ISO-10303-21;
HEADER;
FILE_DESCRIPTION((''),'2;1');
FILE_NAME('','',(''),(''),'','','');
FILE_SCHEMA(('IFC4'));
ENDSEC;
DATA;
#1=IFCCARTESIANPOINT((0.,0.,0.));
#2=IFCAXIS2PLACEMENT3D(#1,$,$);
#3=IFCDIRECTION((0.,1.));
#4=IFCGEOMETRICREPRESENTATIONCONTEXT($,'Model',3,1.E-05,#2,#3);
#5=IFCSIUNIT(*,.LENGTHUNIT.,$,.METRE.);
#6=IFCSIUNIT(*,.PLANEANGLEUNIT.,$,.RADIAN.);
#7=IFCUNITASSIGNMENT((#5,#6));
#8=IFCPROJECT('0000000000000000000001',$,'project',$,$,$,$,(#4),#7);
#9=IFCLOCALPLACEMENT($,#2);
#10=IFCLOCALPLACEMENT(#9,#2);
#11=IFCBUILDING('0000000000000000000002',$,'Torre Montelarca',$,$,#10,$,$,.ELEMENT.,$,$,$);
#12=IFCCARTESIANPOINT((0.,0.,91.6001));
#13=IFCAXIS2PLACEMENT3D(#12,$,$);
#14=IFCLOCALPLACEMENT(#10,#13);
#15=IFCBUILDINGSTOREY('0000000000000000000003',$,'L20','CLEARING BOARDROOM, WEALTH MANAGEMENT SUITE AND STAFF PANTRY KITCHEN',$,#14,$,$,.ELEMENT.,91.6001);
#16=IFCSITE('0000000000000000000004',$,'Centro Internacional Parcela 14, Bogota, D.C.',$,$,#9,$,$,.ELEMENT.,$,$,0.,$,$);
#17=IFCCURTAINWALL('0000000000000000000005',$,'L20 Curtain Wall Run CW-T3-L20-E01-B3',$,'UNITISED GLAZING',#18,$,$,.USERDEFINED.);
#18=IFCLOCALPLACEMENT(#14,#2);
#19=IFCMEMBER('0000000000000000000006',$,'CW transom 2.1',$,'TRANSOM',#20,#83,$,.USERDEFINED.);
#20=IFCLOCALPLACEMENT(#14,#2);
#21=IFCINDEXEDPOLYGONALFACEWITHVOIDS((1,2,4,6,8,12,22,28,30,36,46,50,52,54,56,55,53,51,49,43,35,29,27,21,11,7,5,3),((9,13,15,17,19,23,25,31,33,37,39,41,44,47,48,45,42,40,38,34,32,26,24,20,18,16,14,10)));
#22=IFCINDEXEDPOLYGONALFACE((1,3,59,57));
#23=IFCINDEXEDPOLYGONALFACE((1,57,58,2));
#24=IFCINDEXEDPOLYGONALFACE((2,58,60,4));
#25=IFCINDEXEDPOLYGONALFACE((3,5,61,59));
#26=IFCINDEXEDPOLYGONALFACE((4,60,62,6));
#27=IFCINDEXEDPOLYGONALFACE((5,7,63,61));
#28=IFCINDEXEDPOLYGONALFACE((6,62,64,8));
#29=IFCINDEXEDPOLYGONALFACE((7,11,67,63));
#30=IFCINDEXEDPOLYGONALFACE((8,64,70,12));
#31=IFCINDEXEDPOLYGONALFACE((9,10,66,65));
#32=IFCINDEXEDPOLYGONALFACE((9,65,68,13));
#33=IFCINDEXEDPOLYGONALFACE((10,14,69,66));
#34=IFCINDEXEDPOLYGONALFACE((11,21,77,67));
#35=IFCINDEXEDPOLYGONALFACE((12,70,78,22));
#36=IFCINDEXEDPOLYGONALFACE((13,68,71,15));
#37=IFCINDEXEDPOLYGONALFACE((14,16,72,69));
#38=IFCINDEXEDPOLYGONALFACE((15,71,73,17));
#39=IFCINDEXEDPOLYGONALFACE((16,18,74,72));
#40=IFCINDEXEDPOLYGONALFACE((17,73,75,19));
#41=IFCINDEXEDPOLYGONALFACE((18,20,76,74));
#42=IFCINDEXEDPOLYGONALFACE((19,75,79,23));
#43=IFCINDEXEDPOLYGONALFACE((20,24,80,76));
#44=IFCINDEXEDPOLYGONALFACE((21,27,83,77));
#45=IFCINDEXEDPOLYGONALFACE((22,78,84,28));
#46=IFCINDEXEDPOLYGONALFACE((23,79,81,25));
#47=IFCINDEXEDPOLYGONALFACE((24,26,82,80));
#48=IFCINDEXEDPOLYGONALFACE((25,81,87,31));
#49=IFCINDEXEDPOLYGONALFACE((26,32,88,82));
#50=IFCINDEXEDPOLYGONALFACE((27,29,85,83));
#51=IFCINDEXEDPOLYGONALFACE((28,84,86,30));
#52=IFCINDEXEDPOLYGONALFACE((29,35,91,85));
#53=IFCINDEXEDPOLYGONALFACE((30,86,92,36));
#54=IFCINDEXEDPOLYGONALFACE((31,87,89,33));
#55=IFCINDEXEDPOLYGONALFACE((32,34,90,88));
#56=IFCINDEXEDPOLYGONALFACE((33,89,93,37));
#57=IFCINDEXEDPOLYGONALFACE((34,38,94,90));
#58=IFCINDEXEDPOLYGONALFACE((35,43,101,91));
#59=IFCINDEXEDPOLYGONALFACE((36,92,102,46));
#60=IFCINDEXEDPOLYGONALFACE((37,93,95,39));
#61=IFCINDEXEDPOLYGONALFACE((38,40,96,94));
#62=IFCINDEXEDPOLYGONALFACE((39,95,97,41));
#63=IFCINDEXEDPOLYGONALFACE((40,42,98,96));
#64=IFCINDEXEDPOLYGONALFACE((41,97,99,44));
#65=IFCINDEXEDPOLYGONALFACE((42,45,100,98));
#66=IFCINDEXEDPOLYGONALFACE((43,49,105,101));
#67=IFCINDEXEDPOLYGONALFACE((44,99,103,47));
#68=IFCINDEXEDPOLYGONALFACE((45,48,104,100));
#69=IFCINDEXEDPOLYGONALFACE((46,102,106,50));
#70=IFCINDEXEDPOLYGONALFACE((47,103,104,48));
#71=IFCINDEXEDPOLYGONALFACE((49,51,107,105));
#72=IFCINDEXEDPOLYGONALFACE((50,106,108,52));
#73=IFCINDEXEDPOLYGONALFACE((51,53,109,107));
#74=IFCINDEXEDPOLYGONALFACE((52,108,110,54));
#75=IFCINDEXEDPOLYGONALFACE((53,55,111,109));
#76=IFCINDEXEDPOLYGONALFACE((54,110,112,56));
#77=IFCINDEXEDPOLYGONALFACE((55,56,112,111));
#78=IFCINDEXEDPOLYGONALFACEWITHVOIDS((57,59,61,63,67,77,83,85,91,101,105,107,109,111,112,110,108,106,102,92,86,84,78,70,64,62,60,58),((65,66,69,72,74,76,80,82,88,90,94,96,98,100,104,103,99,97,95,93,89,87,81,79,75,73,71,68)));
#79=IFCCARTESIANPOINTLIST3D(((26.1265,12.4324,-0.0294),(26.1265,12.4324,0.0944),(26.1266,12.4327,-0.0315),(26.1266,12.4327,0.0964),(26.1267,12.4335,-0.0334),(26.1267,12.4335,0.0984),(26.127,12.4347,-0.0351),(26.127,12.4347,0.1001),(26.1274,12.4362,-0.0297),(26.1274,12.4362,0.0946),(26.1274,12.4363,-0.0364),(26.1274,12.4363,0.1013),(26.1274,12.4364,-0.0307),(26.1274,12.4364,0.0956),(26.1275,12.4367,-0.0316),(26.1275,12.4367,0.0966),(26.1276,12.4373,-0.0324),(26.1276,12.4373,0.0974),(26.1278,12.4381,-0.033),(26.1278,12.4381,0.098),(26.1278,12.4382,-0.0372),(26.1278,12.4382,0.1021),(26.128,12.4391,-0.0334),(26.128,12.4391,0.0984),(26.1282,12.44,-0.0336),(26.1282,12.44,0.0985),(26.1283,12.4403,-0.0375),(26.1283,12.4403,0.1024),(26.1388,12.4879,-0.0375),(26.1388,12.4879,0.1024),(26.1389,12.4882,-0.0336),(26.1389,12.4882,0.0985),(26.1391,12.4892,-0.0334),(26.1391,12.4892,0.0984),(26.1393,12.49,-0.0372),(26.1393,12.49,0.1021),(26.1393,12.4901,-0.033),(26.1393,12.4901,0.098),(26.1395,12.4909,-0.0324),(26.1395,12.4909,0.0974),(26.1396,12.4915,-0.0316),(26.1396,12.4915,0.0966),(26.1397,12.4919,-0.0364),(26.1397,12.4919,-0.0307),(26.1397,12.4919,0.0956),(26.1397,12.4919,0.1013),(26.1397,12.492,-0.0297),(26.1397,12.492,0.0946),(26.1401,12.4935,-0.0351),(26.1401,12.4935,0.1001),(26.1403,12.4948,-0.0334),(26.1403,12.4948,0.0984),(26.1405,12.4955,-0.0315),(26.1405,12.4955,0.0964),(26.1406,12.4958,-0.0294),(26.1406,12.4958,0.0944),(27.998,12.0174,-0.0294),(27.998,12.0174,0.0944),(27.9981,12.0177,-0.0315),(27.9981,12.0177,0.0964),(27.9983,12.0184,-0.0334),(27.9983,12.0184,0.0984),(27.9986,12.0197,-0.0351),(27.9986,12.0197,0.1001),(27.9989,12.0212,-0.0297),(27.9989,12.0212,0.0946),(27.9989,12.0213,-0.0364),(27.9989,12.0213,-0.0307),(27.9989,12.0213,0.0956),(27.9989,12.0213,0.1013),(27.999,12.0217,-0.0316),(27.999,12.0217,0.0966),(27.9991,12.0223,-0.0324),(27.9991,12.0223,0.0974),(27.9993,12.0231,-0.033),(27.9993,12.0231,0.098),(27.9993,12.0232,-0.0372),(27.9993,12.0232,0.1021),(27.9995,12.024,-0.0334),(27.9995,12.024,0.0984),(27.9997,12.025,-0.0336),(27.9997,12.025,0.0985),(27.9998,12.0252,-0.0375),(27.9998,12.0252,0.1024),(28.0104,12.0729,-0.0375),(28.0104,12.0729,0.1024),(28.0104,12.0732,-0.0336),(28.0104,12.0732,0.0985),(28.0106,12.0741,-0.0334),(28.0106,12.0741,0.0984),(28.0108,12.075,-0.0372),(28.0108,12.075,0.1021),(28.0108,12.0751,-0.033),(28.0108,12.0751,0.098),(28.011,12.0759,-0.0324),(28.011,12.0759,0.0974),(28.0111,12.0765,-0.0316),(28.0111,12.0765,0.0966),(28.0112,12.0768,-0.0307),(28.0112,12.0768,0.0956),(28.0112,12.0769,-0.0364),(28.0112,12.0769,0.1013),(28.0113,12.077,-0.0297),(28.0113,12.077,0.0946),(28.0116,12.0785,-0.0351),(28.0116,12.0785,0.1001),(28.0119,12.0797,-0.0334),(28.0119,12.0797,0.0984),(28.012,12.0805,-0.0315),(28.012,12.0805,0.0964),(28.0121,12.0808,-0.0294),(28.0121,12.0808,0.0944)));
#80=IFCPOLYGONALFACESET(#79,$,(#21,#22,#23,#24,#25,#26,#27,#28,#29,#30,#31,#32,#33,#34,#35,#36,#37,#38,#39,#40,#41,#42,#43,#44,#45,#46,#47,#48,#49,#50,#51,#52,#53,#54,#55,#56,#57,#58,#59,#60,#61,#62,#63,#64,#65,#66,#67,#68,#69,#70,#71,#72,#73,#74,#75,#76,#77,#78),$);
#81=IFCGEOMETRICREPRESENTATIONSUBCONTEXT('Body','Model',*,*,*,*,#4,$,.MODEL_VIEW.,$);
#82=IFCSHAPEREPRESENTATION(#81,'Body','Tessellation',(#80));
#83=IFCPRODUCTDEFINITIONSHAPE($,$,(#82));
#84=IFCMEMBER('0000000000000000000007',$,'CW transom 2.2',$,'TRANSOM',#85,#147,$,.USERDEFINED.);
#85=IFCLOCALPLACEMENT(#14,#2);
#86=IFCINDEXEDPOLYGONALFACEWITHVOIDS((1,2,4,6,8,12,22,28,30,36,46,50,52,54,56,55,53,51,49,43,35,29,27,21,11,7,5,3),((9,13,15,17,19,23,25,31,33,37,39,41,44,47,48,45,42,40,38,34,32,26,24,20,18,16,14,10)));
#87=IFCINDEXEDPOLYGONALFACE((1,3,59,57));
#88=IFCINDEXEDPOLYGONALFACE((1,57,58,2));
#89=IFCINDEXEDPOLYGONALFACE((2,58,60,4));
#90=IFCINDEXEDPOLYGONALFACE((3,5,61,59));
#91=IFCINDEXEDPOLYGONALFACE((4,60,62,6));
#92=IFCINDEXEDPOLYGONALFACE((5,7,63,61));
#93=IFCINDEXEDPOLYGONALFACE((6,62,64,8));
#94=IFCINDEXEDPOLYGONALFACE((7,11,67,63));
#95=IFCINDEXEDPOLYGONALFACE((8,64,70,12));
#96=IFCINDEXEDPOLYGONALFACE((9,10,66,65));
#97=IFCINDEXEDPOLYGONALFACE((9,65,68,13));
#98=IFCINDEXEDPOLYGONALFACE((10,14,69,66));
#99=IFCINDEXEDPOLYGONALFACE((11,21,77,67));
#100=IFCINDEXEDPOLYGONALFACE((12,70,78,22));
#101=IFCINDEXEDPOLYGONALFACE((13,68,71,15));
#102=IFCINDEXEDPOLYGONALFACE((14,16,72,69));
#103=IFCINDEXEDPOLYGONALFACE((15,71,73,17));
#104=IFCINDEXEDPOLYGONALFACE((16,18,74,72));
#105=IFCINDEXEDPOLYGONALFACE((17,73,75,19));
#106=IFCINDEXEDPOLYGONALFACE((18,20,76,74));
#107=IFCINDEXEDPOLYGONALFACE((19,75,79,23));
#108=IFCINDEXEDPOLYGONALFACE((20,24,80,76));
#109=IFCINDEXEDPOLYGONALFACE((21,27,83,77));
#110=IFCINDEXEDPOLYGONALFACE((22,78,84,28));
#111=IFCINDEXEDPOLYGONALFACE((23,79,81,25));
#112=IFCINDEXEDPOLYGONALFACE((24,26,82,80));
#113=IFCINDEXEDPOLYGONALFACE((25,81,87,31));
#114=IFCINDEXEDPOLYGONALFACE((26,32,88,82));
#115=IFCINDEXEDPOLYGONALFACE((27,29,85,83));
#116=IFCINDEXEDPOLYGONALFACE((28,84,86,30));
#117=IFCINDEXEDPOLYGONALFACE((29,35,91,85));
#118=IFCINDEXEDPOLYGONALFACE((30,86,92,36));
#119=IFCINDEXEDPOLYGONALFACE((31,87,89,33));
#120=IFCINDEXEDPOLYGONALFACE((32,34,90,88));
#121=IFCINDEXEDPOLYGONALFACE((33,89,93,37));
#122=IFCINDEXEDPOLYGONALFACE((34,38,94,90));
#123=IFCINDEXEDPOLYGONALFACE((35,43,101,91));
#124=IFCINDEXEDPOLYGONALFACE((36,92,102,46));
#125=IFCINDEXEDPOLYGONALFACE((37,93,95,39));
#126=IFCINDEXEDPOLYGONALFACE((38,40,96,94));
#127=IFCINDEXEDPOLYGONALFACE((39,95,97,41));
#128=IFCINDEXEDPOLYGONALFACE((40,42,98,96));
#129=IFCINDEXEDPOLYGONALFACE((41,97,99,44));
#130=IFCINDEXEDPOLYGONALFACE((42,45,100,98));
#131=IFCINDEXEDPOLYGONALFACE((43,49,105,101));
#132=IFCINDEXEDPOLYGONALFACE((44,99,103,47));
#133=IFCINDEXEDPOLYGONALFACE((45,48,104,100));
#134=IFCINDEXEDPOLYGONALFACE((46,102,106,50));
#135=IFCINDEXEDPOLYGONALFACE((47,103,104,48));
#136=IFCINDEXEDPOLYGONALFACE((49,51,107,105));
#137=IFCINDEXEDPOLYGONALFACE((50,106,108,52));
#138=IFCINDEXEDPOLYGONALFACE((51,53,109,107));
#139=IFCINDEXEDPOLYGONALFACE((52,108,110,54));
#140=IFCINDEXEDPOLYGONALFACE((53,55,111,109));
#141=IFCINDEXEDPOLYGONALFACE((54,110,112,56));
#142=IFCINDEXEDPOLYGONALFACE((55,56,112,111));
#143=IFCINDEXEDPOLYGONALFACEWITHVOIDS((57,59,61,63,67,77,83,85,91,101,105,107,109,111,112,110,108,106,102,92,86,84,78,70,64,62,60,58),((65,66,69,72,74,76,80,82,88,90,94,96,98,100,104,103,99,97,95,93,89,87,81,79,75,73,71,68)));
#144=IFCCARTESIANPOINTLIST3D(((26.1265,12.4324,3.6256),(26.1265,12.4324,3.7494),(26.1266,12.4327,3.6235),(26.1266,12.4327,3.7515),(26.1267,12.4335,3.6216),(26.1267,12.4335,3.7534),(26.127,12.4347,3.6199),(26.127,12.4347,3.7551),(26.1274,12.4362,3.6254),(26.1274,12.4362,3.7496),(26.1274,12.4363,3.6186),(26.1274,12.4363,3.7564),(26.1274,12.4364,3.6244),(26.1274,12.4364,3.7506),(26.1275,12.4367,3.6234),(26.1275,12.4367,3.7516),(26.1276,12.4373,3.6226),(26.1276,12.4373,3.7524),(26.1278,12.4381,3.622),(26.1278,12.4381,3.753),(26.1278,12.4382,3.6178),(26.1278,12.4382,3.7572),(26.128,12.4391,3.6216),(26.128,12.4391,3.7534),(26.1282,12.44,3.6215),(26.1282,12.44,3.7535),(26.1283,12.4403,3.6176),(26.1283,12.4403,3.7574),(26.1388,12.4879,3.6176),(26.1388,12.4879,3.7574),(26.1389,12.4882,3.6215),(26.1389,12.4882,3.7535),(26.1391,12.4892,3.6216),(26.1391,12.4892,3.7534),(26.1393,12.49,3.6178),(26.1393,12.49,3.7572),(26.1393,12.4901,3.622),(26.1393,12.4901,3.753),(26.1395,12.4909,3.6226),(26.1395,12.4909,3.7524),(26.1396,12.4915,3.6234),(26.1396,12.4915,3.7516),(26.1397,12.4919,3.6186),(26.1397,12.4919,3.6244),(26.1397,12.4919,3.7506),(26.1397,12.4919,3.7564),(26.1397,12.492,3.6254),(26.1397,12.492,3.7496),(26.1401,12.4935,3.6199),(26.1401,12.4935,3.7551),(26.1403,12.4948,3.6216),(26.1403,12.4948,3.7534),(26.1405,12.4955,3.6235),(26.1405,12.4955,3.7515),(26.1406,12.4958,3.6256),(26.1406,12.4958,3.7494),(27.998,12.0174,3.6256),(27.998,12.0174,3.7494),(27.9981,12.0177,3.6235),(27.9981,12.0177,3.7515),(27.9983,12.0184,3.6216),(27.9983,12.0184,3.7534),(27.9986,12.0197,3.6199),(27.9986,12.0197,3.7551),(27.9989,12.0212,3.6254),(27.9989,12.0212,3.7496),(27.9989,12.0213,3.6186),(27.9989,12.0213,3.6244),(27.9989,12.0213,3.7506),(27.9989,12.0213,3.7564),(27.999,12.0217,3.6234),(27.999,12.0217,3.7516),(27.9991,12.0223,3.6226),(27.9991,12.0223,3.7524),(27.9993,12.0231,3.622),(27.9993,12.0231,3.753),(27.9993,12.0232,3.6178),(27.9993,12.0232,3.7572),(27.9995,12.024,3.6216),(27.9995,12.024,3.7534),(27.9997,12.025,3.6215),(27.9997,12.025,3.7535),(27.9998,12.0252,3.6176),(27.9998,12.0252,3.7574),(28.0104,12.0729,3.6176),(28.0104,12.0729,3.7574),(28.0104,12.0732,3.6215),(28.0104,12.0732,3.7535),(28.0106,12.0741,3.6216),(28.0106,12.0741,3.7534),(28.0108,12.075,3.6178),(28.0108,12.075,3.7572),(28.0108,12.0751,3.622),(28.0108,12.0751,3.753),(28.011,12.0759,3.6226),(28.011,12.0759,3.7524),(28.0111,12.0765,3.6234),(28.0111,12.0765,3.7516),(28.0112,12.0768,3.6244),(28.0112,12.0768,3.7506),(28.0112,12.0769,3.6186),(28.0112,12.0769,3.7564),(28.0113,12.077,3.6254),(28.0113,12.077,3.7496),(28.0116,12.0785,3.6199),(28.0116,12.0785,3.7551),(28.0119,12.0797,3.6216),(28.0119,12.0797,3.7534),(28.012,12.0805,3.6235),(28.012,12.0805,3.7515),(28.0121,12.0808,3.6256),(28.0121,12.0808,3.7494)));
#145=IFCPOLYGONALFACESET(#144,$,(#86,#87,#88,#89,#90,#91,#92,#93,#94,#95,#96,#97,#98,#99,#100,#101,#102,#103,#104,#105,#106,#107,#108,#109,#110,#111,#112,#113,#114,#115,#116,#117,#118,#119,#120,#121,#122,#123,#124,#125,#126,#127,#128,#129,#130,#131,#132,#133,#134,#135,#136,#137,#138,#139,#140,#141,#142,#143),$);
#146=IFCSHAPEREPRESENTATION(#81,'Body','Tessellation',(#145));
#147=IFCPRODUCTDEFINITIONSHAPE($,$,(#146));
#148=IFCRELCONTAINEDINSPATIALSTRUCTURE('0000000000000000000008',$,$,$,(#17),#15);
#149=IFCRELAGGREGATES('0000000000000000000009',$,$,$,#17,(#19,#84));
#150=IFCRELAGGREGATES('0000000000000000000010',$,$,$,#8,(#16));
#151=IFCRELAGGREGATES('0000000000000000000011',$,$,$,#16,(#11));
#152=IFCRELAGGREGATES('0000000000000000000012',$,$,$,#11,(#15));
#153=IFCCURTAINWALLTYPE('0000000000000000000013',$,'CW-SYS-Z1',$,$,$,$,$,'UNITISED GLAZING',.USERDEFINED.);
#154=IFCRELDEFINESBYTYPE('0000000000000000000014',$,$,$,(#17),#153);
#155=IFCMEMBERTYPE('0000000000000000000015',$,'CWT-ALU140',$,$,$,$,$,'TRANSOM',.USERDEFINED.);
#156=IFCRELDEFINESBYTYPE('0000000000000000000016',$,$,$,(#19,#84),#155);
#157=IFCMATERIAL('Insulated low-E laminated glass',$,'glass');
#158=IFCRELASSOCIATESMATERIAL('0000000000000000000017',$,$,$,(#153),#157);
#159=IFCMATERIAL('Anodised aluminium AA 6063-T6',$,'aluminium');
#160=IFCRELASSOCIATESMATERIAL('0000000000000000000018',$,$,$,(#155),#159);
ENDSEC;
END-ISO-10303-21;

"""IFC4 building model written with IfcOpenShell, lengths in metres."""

from ifc_helpers import new_model, si_unit, direction, frame, origin, origin_2d, place, context, subcontext, project, spatial, hollow_rectangle, extrude, source, transform, mapped, material, material_profile, profile_set, type_object, element, aggregate, save


model = new_model("IFC4")

# Units and contexts
model_context = context("Model", 3, precision=1e-05, world=origin(), true_north=direction((0.0, 1.0)))
body_context = subcontext(model_context, "Body", "Model", "MODEL_VIEW")
ifc_project = project(units=[si_unit("LENGTHUNIT", "METRE"), si_unit("PLANEANGLEUNIT", "RADIAN")], contexts=[model_context])

# Site, building, storey
site_placement = place(None, origin())
site = spatial("IfcSite", under=ifc_project, at=site_placement, Name="Centro Internacional Parcela 14, Bogota, D.C.", CompositionType="ELEMENT", RefElevation=0.0)
building_placement = place(site_placement, origin())
building = spatial("IfcBuilding", under=site, at=building_placement, Name="Torre Montelarca", CompositionType="ELEMENT")
storey_placement = place(building_placement, frame((0.0, 0.0, 91.6001)))
storey = spatial("IfcBuildingStorey", under=building, at=storey_placement, Name="L20", Description="CLEARING BOARDROOM, WEALTH MANAGEMENT SUITE AND STAFF PANTRY KITCHEN", CompositionType="ELEMENT", Elevation=91.6001)

# Curtain wall, members
ifc_material_1 = material(Name="Insulated low-E laminated glass", Category="glass")
curtain_wall_type = type_object("IfcCurtainWallType", Name="CW-SYS-Z1", ElementType="UNITISED GLAZING", PredefinedType="USERDEFINED", material=ifc_material_1)
curtain_wall_1_placement = place(storey_placement, origin())
curtain_wall_1 = element("IfcCurtainWall", 1, at=curtain_wall_1_placement, inside=storey, type_object=curtain_wall_type, Name="L20 Curtain Wall Run CW-T3-L20-E01-B3", ObjectType="UNITISED GLAZING", PredefinedType="USERDEFINED")
ifc_material_2 = material(Name="Anodised aluminium AA 6063-T6", Category="aluminium")
ifc_material_profile_1 = material_profile(ifc_material_2, hollow_rectangle(XDim=0.0649, YDim=0.1399, WallThickness=0.0039, InnerFilletRadius=0.0039, OuterFilletRadius=0.0081, at=origin_2d()), Name="ALU65X140X4", Category="aluminium")
ifc_profile_set_1 = profile_set([ifc_material_profile_1], Name="Anodised aluminium AA 6063-T6")
member_type_1 = type_object("IfcMemberType", Name="CWT-ALU140", ElementType="TRANSOM", PredefinedType="USERDEFINED", material=ifc_profile_set_1)
shared_shape_1 = source(origin(), body_context, "Body", "SweptSolid", [
    extrude(hollow_rectangle(XDim=0.0649, YDim=0.1399, WallThickness=0.0039, InnerFilletRadius=0.0039, OuterFilletRadius=0.0081, at=origin_2d()), origin(), (0.0, 0.0, 1.0), 1.917),
])
member_1_placement = place(storey_placement, frame((26.1335, 12.4641, 0.0325), z_axis=(0.976283, -0.216499, 0.0), x_axis=(0.216499, 0.976283, 0.0)))
member_1 = element("IfcMember", 2, at=member_1_placement, type_object=member_type_1, Name="CW transom 2.1", ObjectType="TRANSOM", PredefinedType="USERDEFINED", context=body_context, shape_type="MappedRepresentation", body=[
    mapped(shared_shape_1, transform((0.0, 0.0, 0.0), scale=1.0)),
])
member_2_placement = place(storey_placement, frame((26.1335, 12.4641, 3.6875), z_axis=(0.976283, -0.216499, 0.0), x_axis=(0.216499, 0.976283, 0.0)))
member_2 = element("IfcMember", 3, at=member_2_placement, type_object=member_type_1, Name="CW transom 2.2", ObjectType="TRANSOM", PredefinedType="USERDEFINED", context=body_context, shape_type="MappedRepresentation", body=[
    mapped(shared_shape_1, transform((0.0, 0.0, 0.0), scale=1.0)),
])

aggregate(curtain_wall_1, [member_1, member_2])

save(model, "model.ifc")
